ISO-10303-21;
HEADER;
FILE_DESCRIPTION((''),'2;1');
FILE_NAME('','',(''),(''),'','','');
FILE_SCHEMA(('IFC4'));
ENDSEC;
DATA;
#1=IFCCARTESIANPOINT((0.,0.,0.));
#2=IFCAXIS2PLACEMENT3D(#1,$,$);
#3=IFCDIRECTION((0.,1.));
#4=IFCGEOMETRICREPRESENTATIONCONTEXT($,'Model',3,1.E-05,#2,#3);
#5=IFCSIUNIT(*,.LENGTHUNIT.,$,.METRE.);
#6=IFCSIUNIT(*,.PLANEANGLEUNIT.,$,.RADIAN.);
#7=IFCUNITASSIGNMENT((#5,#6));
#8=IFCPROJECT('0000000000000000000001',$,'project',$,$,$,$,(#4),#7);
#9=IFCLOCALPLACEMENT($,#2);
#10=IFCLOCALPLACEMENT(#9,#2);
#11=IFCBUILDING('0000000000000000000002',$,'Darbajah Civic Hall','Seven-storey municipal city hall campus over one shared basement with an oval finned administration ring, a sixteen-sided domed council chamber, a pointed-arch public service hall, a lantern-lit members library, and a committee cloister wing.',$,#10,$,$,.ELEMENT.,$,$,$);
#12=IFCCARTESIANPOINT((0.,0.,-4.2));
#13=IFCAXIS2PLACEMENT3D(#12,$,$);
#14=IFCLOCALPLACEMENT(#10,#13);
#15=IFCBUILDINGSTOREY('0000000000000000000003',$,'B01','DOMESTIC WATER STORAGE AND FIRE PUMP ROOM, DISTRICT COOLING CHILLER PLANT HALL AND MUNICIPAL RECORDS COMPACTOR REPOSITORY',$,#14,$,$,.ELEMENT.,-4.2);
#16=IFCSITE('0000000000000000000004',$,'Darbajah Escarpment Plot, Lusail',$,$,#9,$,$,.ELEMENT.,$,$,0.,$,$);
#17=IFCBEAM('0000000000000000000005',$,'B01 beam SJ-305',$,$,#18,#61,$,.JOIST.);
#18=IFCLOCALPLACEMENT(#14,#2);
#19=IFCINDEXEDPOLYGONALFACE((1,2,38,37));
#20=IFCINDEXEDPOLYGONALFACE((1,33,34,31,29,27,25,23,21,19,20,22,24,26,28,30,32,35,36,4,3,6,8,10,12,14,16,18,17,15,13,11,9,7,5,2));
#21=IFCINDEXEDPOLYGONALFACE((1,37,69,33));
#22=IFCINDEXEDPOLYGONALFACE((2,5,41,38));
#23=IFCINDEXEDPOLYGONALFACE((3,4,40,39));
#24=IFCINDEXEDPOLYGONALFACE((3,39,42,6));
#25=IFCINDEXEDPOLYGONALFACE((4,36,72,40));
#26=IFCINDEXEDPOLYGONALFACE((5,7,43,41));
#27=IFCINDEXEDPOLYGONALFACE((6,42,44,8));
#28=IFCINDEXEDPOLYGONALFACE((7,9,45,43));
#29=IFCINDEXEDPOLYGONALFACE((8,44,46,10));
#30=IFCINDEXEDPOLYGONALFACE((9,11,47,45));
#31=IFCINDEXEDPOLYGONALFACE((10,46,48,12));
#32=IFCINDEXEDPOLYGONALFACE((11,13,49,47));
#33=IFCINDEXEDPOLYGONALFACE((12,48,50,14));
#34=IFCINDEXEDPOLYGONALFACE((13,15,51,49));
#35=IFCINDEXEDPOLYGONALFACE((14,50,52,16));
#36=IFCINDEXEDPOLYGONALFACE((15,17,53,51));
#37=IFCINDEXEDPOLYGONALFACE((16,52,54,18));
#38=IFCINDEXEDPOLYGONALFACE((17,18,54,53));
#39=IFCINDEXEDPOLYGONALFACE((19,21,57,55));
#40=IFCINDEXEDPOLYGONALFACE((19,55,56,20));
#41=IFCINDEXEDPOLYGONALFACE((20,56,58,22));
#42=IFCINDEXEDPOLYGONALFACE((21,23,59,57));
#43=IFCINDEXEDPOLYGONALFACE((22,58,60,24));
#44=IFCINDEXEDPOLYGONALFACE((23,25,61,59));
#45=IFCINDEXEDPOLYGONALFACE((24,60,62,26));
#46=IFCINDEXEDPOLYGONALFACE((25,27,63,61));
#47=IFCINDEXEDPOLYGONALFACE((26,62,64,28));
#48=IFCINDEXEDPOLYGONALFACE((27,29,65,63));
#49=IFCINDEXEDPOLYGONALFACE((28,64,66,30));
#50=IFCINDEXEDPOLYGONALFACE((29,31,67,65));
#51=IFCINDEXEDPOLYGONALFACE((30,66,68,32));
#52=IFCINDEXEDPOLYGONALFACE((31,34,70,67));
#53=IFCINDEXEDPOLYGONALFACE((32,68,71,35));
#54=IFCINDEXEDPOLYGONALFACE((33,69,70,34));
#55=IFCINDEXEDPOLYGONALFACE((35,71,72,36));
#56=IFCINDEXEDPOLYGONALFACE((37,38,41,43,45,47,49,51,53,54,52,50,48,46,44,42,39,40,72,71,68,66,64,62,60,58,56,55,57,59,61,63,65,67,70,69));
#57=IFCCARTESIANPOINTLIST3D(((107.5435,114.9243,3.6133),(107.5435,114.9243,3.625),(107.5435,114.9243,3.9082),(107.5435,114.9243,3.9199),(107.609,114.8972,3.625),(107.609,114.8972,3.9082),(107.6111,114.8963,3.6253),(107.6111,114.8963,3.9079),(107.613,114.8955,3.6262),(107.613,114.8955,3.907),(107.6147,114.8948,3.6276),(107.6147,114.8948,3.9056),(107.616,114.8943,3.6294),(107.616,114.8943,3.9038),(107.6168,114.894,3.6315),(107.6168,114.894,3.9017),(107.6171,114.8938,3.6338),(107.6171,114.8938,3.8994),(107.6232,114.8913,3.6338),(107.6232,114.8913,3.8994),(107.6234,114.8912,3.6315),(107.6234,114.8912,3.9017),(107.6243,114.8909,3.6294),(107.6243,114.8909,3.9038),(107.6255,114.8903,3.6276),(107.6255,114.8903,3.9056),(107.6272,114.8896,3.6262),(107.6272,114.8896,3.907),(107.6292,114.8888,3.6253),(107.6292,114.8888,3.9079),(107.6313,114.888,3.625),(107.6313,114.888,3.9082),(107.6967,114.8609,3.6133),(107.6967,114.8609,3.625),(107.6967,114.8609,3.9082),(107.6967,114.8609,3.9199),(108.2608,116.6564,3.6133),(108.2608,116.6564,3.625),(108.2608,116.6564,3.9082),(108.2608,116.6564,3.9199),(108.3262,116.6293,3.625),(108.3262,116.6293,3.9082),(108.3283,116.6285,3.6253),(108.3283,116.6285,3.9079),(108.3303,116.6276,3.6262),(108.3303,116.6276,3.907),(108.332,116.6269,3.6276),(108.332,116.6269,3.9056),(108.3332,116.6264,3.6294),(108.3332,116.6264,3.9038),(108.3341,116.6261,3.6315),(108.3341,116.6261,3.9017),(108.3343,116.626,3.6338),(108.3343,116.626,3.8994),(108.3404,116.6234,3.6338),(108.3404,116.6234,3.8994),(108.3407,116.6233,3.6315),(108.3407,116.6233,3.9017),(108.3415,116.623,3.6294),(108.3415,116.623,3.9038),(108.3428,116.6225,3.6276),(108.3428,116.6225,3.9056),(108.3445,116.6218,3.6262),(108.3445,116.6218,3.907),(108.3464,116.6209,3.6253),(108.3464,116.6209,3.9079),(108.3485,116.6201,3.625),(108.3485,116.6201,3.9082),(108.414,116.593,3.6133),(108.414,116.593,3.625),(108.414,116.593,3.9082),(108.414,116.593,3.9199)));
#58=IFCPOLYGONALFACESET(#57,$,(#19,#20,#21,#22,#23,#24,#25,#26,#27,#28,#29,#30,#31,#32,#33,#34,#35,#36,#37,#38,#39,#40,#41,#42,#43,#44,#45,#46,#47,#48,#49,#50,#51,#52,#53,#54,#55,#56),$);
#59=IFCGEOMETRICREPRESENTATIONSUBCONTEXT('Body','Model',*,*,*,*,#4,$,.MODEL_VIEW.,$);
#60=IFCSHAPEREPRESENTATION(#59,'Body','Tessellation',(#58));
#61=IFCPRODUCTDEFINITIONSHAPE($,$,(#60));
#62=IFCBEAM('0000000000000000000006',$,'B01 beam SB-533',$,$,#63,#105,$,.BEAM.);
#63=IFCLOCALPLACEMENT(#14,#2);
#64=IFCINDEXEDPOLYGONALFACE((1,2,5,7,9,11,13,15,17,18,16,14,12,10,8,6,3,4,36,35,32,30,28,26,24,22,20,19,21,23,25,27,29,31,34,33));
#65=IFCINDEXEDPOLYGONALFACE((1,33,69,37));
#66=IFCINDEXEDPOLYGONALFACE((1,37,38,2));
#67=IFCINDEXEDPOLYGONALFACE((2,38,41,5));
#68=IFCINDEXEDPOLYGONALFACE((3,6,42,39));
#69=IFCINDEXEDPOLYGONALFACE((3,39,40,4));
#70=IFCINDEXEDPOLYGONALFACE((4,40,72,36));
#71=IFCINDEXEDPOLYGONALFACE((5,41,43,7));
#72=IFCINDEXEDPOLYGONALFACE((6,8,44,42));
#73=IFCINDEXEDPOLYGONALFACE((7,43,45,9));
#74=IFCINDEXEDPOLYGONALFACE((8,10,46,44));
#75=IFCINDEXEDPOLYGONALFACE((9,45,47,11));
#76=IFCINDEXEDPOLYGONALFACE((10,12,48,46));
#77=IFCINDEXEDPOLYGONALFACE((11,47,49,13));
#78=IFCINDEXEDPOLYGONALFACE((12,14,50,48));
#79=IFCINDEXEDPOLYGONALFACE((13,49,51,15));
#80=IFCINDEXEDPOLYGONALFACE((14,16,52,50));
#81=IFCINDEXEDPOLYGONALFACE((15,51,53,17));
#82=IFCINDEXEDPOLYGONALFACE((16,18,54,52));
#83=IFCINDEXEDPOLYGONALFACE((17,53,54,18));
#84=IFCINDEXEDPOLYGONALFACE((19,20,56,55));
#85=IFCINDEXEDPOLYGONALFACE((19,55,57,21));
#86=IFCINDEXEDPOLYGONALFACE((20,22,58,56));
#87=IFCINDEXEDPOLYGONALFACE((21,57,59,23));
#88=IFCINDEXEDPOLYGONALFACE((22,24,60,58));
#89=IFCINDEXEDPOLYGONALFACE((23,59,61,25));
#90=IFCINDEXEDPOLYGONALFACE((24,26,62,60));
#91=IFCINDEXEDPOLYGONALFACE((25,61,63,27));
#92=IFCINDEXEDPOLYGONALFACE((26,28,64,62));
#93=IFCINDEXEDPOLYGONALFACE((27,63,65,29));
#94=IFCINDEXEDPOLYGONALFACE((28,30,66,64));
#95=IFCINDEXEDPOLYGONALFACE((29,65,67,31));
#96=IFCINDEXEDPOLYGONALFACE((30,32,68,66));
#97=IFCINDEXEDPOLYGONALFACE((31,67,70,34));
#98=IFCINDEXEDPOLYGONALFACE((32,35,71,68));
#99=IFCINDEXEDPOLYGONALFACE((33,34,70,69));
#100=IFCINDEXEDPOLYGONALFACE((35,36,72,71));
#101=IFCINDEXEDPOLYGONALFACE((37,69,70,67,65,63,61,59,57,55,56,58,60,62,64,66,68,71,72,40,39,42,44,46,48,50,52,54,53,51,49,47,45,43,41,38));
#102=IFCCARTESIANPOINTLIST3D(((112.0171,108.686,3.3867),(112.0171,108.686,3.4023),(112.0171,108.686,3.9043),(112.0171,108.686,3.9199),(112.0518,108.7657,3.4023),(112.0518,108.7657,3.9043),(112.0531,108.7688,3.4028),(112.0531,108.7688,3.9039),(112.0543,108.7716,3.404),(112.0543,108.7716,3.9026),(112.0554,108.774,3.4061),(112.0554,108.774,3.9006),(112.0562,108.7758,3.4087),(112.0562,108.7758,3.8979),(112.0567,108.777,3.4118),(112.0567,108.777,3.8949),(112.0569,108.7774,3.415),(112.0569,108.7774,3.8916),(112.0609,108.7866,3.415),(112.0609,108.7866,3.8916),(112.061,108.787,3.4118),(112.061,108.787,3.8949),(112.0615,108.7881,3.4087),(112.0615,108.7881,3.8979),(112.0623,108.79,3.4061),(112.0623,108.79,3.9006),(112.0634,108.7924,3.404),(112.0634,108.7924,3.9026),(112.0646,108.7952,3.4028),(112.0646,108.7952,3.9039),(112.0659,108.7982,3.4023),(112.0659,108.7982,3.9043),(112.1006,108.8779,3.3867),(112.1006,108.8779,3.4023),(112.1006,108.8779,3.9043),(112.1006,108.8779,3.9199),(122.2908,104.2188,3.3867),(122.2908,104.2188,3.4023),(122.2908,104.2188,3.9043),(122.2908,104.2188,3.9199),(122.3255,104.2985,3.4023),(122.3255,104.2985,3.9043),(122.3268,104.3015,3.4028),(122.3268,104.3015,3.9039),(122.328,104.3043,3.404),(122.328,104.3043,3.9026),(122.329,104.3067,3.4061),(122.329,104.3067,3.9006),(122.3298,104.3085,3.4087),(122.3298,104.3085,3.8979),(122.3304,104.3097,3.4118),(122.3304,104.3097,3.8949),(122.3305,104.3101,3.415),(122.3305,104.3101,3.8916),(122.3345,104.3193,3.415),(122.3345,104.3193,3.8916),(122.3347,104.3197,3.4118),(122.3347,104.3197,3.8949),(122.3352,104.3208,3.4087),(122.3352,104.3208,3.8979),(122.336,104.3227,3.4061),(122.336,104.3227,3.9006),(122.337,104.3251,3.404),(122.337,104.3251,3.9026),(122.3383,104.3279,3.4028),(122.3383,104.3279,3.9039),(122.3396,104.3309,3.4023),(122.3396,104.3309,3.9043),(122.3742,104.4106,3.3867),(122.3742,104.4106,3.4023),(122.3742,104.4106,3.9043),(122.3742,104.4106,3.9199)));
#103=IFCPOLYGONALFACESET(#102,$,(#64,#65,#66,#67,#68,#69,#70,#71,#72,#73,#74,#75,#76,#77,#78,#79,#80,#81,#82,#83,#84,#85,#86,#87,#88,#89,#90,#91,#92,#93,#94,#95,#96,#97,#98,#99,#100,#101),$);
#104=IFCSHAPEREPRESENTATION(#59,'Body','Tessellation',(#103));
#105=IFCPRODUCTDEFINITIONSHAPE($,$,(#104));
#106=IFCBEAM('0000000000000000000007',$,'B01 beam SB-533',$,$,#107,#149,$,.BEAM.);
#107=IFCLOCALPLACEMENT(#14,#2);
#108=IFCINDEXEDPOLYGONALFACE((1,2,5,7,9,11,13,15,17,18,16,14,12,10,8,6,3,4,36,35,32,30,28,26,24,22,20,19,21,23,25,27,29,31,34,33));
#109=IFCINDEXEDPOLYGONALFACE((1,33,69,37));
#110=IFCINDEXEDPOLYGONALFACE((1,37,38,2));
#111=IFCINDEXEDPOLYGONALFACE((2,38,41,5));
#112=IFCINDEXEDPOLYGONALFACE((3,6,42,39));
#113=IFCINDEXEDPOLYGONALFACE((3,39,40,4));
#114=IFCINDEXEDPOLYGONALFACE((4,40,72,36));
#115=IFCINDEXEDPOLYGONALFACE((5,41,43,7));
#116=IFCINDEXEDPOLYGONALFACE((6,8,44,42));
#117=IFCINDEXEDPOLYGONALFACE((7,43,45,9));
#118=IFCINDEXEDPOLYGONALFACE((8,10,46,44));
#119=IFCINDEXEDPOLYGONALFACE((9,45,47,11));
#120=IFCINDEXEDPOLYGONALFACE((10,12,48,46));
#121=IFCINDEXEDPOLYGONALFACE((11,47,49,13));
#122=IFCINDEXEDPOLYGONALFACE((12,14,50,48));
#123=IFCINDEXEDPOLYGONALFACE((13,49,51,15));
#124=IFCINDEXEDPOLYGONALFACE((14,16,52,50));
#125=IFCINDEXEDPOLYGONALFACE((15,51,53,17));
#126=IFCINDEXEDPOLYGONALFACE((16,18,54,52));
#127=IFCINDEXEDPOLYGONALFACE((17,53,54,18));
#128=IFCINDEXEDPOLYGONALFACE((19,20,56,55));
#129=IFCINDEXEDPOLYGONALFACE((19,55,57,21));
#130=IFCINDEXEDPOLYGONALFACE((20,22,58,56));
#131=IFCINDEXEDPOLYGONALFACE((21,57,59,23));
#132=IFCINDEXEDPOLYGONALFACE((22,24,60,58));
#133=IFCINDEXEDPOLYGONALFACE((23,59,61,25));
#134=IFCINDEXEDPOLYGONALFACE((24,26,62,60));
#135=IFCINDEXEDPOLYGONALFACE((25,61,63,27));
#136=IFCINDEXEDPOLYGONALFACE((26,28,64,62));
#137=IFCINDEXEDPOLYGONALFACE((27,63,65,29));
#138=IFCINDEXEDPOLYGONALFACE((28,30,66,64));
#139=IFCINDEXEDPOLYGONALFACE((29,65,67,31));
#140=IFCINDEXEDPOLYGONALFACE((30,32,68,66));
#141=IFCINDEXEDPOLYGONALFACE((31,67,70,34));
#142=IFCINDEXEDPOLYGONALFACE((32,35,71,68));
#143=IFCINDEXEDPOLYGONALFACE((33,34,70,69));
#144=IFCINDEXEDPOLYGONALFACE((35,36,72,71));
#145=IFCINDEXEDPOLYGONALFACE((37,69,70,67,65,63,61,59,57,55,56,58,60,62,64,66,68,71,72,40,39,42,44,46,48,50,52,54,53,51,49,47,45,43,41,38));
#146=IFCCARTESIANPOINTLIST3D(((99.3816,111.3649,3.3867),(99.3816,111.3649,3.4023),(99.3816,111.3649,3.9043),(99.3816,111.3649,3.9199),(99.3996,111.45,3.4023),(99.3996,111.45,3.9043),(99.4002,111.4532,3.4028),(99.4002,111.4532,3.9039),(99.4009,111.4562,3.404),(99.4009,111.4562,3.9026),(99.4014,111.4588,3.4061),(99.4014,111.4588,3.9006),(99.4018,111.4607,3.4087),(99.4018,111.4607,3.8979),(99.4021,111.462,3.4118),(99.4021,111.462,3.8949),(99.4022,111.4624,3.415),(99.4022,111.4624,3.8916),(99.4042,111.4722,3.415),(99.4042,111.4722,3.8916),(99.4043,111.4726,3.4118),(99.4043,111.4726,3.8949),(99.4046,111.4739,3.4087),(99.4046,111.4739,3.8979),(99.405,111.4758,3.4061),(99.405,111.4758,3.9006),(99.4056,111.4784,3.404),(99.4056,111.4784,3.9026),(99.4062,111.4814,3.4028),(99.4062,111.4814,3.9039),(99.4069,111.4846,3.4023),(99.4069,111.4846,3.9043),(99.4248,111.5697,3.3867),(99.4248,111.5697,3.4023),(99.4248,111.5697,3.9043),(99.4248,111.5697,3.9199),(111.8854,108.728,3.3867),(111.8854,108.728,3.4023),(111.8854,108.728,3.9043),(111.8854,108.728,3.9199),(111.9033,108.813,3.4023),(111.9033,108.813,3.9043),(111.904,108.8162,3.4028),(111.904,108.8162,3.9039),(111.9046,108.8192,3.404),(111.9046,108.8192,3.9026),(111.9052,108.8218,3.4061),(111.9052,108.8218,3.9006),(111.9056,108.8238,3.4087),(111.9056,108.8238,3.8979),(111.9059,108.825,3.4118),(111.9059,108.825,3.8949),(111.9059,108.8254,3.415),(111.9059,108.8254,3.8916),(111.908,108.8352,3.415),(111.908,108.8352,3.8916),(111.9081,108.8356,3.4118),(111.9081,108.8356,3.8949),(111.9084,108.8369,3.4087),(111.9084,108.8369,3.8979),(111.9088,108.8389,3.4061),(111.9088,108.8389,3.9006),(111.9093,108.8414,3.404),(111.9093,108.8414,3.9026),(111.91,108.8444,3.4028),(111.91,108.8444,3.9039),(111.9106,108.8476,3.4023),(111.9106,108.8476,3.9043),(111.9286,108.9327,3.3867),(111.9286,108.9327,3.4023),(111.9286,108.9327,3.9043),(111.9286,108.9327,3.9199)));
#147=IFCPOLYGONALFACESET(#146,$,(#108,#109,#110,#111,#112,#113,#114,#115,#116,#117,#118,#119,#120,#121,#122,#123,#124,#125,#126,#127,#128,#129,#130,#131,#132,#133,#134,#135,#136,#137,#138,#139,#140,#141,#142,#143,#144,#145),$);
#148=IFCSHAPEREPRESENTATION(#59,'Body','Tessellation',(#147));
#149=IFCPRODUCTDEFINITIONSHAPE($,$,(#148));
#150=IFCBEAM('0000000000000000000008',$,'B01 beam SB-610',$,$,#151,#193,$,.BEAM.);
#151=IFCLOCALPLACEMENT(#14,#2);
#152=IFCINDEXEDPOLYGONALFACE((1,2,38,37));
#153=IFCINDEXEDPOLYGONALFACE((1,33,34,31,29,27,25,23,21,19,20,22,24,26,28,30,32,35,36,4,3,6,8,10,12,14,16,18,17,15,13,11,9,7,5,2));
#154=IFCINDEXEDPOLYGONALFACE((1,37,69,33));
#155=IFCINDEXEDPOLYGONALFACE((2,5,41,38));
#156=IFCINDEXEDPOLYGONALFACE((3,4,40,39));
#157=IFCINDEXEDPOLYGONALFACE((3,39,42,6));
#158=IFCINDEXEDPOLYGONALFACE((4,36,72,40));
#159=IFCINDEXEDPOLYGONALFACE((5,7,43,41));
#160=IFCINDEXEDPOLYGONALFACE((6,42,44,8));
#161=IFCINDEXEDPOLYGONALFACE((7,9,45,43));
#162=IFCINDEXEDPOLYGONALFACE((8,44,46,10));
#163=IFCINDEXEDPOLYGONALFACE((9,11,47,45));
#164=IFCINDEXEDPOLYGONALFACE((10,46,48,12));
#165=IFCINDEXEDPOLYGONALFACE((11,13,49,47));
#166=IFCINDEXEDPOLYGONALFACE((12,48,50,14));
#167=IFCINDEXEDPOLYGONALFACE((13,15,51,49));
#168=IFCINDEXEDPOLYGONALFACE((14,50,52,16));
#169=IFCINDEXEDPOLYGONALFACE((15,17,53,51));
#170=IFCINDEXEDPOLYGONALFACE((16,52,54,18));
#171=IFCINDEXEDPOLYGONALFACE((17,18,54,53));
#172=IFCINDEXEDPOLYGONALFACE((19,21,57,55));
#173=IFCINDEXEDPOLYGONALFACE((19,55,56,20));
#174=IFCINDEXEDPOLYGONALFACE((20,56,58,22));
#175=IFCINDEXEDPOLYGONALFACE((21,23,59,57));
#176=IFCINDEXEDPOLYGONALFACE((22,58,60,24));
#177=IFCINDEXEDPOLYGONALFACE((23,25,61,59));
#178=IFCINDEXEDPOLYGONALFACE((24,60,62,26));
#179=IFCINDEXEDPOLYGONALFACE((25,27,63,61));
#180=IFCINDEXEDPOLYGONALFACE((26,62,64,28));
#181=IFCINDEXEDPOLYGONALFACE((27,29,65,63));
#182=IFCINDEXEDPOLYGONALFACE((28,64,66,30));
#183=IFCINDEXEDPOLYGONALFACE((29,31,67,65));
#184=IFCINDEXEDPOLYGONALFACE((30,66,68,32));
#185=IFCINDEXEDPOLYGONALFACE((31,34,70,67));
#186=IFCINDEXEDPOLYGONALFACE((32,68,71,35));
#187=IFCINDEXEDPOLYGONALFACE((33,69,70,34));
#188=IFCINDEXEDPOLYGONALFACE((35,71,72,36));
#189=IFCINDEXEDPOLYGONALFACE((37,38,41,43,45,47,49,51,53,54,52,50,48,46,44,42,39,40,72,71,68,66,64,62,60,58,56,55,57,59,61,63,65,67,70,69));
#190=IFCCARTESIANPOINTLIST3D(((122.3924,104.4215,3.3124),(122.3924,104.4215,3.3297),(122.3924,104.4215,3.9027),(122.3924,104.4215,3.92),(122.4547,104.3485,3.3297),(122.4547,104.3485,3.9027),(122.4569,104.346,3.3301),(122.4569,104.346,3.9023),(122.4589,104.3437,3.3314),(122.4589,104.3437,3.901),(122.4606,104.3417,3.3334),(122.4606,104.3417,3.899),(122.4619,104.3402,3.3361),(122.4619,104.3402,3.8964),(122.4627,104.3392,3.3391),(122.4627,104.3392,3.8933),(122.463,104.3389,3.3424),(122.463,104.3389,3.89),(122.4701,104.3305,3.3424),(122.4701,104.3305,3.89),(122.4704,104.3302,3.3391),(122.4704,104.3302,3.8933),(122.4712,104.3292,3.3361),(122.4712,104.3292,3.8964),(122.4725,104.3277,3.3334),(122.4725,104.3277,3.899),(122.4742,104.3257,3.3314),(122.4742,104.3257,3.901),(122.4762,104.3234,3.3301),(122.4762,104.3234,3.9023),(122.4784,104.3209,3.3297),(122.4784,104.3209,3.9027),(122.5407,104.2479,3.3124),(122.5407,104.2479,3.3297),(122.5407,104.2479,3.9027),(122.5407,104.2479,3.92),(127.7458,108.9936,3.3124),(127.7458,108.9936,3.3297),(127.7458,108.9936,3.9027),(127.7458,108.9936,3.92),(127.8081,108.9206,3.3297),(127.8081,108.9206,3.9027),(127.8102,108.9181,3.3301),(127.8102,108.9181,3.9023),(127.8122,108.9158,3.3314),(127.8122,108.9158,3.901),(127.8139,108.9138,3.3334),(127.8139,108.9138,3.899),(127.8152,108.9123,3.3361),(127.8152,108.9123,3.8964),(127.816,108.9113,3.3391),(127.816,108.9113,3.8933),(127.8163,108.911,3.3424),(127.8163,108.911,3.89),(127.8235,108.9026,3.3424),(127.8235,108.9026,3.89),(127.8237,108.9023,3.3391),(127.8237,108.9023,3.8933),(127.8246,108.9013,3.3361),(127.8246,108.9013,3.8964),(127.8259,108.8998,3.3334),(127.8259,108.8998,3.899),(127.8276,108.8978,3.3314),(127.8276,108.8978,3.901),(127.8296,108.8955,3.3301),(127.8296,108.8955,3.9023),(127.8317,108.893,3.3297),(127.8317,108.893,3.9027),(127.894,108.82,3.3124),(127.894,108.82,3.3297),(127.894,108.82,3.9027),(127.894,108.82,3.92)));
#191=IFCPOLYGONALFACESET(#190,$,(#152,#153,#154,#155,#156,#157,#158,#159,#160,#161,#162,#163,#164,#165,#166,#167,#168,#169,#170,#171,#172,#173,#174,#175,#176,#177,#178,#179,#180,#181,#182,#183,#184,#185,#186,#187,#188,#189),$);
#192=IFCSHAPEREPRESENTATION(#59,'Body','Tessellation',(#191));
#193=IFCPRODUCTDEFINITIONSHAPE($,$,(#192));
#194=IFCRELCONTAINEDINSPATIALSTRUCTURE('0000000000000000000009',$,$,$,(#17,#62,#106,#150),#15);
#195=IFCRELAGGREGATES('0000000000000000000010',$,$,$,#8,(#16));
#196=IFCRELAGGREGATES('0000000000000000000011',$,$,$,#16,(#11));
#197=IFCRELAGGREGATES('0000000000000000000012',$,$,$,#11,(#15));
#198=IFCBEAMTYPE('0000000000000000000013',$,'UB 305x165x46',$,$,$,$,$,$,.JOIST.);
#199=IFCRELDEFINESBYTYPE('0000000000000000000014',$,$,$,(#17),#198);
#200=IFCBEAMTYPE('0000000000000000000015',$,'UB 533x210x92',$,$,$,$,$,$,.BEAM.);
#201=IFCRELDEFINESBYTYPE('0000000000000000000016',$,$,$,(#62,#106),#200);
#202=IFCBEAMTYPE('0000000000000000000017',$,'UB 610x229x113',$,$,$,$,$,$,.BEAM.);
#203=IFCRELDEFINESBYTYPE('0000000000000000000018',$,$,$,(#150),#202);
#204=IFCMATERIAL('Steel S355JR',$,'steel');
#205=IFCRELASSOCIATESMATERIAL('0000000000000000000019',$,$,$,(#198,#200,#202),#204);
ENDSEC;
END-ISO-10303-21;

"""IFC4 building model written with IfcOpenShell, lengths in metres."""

from ifc_helpers import new_model, si_unit, direction, frame, origin, origin_2d, place, context, subcontext, project, spatial, i_section, extrude, material, material_profile, profile_set, type_object, element, save


model = new_model("IFC4")

# Units and contexts
model_context = context("Model", 3, precision=1e-05, world=origin(), true_north=direction((0.0, 1.0)))
body_context = subcontext(model_context, "Body", "Model", "MODEL_VIEW")
ifc_project = project(units=[si_unit("LENGTHUNIT", "METRE"), si_unit("PLANEANGLEUNIT", "RADIAN")], contexts=[model_context])

# Site, building, storey
site_placement = place(None, origin())
site = spatial("IfcSite", under=ifc_project, at=site_placement, Name="Darbajah Escarpment Plot, Lusail", CompositionType="ELEMENT", RefElevation=0.0)
building_placement = place(site_placement, origin())
building = spatial("IfcBuilding", under=site, at=building_placement, Name="Darbajah Civic Hall", Description="Seven-storey municipal city hall campus over one shared basement with an oval finned administration ring, a sixteen-sided domed council chamber, a pointed-arch public service hall, a lantern-lit members library, and a committee cloister wing.", CompositionType="ELEMENT")
storey_placement = place(building_placement, frame((0.0, 0.0, -4.2)))
storey = spatial("IfcBuildingStorey", under=building, at=storey_placement, Name="B01", Description="DOMESTIC WATER STORAGE AND FIRE PUMP ROOM, DISTRICT COOLING CHILLER PLANT HALL AND MUNICIPAL RECORDS COMPACTOR REPOSITORY", CompositionType="ELEMENT", Elevation=-4.2)

# Beams
ifc_material_1 = material(Name="Steel S355JR", Category="steel")
ifc_material_profile_1 = material_profile(ifc_material_1, i_section(OverallWidth=0.1658, OverallDepth=0.3066, WebThickness=0.0066, FlangeThickness=0.0117, FilletRadius=0.0088, at=origin_2d()), Name="UB 305x165x46")
ifc_profile_set_1 = profile_set([ifc_material_profile_1], Name="Steel S355JR")
beam_type_1 = type_object("IfcBeamType", Name="UB 305x165x46", PredefinedType="JOIST", material=ifc_profile_set_1)
beam_1_placement = place(storey_placement, frame((107.6201, 114.8926, 3.7666), z_axis=(0.382589, 0.923918, 0.0), x_axis=(-0.923918, 0.382589, 0.0)))
element("IfcBeam", 1, at=beam_1_placement, inside=storey, type_object=beam_type_1, Name="B01 beam SJ-305", PredefinedType="JOIST", context=body_context, shape_type="SweptSolid", body=[
    extrude(i_section(OverallWidth=0.1658, OverallDepth=0.3066, WebThickness=0.0066, FlangeThickness=0.0117, FilletRadius=0.0088, at=origin_2d()), origin(), (0.0, 0.0, 1.0), 1.8748),
])
ifc_material_profile_2 = material_profile(ifc_material_1, i_section(OverallWidth=0.2092, OverallDepth=0.5332, WebThickness=0.01, FlangeThickness=0.0156, FilletRadius=0.0127, at=origin_2d()), Name="UB 533x210x92")
ifc_profile_set_2 = profile_set([ifc_material_profile_2], Name="Steel S355JR")
beam_type_2 = type_object("IfcBeamType", Name="UB 533x210x92", PredefinedType="BEAM", material=ifc_profile_set_2)
beam_2_placement = place(storey_placement, frame((122.3325, 104.3147, 3.6533), z_axis=(-0.917055, 0.398761, 0.0), x_axis=(-0.398761, -0.917055, 0.0)))
element("IfcBeam", 2, at=beam_2_placement, inside=storey, type_object=beam_type_2, Name="B01 beam SB-533", PredefinedType="BEAM", context=body_context, shape_type="SweptSolid", body=[
    extrude(i_section(OverallWidth=0.2092, OverallDepth=0.5332, WebThickness=0.01, FlangeThickness=0.0156, FilletRadius=0.0127, at=origin_2d()), origin(), (0.0, 0.0, 1.0), 11.2029),
])
beam_3_placement = place(storey_placement, frame((111.907, 108.8303, 3.6533), z_axis=(-0.978477, 0.206356, 0.0), x_axis=(-0.206356, -0.978477, 0.0)))
element("IfcBeam", 3, at=beam_3_placement, inside=storey, type_object=beam_type_2, Name="B01 beam SB-533", PredefinedType="BEAM", context=body_context, shape_type="SweptSolid", body=[
    extrude(i_section(OverallWidth=0.2092, OverallDepth=0.5332, WebThickness=0.01, FlangeThickness=0.0156, FilletRadius=0.0127, at=origin_2d()), origin(), (0.0, 0.0, 1.0), 12.7788),
])
ifc_material_profile_3 = material_profile(ifc_material_1, i_section(OverallWidth=0.2283, OverallDepth=0.6077, WebThickness=0.011, FlangeThickness=0.0173, FilletRadius=0.0127, at=origin_2d()), Name="UB 610x229x113")
ifc_profile_set_3 = profile_set([ifc_material_profile_3], Name="Steel S355JR")
beam_type_3 = type_object("IfcBeamType", Name="UB 610x229x113", PredefinedType="BEAM", material=ifc_profile_set_3)
for number, where, z_axis, x_axis, name in (
    (4, (122.4666, 104.3347, 3.6162), (0.760413, 0.649439, 0.0), (-0.649439, 0.760413, 0.0), "B01 beam SB-610"),
):
    element("IfcBeam", number, at=place(storey_placement, frame(where, z_axis=z_axis, x_axis=x_axis)), inside=storey, type_object=beam_type_3, Name=name, PredefinedType="BEAM", context=body_context, shape_type="SweptSolid", body=[
        extrude(i_section(OverallWidth=0.2283, OverallDepth=0.6077, WebThickness=0.011, FlangeThickness=0.0173, FilletRadius=0.0127, at=origin_2d()), origin(), (0.0, 0.0, 1.0), 7.04),
    ])

save(model, "model.ifc")
